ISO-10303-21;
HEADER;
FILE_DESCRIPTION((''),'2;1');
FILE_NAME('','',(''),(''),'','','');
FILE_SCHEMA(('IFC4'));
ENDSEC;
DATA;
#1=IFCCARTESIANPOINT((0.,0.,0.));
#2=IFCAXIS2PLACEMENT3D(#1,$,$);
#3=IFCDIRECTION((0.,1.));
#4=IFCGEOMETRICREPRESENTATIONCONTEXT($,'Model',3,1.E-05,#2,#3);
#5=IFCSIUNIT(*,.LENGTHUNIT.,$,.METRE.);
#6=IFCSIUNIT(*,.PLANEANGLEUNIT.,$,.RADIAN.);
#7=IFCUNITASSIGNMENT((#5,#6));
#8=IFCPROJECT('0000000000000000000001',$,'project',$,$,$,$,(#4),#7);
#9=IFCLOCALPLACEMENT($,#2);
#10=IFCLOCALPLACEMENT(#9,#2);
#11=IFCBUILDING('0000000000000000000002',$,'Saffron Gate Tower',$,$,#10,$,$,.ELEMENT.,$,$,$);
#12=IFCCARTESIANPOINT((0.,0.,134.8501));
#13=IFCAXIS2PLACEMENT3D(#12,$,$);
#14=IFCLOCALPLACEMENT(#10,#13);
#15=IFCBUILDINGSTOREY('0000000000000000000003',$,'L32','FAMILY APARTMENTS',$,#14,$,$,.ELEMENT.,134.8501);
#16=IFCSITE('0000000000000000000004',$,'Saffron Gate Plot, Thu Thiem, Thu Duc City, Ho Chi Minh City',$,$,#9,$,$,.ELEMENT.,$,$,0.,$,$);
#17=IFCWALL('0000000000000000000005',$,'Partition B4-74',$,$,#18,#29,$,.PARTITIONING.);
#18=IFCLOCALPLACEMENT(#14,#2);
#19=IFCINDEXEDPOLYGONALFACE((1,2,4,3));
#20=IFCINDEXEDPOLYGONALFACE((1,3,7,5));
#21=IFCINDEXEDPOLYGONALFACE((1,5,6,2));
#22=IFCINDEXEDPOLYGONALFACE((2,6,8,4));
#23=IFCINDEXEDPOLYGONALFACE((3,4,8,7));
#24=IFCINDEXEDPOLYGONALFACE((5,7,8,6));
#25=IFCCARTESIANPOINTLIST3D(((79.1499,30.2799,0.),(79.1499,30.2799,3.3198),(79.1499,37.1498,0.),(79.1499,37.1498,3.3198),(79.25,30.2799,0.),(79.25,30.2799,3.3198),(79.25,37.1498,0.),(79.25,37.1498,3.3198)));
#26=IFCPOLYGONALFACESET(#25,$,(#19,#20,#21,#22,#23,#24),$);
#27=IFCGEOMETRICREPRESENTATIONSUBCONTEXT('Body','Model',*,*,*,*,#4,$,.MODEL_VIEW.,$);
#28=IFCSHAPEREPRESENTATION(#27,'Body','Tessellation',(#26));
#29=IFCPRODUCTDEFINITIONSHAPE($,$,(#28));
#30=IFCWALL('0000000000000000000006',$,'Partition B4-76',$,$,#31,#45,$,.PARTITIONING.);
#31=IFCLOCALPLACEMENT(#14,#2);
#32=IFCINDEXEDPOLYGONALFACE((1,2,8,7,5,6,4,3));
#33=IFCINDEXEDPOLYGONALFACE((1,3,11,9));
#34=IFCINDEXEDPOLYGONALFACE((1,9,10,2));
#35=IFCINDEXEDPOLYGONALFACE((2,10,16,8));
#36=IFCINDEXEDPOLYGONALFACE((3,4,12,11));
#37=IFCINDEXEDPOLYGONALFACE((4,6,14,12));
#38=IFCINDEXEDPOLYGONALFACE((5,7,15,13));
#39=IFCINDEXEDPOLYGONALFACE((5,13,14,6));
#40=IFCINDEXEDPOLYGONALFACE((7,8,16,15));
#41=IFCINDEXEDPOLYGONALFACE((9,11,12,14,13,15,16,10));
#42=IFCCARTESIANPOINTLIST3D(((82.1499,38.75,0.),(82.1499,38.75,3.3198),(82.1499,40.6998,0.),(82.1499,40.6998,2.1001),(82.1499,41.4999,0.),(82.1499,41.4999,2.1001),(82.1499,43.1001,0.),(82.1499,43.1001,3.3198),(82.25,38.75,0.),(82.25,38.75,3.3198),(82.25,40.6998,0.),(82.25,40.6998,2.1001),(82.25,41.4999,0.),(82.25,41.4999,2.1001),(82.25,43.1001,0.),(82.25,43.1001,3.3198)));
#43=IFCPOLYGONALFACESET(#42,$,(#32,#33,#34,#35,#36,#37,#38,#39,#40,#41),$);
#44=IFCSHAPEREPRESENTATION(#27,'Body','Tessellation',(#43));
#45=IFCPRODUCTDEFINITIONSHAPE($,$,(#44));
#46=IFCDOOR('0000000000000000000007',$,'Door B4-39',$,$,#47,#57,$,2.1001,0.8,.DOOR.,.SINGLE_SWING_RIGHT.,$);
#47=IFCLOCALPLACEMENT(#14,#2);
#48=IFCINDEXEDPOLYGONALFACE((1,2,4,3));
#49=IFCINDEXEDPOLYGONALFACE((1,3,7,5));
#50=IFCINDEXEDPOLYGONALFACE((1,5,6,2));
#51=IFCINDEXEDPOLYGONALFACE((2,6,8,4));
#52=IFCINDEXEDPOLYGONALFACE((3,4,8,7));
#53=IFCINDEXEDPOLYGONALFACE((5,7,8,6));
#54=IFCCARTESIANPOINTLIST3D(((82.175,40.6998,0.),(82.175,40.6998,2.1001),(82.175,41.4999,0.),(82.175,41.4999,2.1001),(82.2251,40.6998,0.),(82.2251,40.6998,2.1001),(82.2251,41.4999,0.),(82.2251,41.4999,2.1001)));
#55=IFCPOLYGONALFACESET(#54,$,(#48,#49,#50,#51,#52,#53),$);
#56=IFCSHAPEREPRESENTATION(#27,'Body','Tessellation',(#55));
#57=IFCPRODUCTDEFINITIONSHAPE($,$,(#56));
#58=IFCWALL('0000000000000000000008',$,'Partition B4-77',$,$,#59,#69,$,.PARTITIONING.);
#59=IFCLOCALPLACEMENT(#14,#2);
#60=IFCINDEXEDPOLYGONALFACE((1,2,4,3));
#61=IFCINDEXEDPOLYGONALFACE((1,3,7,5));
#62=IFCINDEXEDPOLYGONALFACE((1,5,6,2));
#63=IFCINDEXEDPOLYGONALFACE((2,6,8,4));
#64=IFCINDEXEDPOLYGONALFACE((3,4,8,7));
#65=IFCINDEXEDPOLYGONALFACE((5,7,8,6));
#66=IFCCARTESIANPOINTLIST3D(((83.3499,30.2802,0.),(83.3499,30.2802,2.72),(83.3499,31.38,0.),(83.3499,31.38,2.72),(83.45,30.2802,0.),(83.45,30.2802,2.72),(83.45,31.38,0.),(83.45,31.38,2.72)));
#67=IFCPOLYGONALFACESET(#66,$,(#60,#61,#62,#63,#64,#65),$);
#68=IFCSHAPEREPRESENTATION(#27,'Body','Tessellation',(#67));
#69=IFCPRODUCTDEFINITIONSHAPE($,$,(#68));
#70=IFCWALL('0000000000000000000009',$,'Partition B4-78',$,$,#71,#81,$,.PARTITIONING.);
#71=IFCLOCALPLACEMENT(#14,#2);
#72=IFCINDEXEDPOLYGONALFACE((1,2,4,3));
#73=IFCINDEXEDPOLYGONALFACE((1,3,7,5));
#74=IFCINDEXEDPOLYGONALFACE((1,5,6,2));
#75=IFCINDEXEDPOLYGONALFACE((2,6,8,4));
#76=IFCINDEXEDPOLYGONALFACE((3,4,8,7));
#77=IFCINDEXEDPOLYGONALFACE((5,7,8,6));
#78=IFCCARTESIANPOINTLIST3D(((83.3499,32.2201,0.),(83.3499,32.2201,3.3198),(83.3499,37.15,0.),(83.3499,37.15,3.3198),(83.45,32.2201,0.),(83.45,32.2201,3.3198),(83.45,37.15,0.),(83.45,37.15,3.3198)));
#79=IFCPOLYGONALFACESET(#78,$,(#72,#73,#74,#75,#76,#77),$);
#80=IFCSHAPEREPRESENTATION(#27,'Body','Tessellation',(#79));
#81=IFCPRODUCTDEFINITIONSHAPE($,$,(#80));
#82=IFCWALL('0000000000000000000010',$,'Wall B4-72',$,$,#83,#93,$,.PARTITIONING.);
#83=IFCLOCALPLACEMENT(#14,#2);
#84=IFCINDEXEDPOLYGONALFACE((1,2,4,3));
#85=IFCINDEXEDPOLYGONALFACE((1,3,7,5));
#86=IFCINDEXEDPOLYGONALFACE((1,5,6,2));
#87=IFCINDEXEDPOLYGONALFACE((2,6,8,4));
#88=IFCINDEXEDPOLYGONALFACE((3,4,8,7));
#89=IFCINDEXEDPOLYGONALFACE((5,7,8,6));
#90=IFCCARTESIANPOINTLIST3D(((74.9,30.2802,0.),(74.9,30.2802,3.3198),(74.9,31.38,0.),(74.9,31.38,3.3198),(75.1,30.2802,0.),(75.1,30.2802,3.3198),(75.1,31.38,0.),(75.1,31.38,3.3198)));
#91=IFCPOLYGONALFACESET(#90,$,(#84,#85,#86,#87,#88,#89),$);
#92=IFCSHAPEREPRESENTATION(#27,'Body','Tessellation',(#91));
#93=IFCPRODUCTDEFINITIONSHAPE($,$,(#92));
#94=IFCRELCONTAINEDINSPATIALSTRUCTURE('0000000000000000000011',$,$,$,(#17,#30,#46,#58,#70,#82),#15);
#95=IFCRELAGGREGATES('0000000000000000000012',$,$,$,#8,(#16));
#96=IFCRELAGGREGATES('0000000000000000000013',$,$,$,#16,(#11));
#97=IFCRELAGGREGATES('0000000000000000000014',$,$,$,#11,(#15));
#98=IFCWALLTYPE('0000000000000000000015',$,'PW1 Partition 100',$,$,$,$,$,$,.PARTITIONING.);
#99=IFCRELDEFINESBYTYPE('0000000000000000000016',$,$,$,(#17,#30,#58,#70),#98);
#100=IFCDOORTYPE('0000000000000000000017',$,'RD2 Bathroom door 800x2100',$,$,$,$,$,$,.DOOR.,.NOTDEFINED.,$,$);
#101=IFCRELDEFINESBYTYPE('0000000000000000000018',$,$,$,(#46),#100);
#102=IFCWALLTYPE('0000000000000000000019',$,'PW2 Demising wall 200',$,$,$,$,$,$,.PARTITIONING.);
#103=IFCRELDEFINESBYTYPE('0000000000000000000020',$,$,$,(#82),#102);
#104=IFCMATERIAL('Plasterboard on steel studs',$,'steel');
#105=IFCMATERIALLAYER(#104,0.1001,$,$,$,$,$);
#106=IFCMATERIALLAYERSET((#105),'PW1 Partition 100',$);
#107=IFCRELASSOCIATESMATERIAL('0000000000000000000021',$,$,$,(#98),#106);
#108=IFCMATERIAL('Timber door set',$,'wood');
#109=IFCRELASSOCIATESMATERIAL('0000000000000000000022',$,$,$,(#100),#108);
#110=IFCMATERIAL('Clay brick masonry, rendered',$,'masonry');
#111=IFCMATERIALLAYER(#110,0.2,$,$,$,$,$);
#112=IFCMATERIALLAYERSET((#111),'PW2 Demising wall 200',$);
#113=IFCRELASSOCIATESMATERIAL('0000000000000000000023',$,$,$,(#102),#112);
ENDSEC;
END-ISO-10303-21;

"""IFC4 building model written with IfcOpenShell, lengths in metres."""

from ifc_helpers import new_model, si_unit, direction, frame, frame_2d, origin, place, context, subcontext, project, spatial, rectangle, extrude, material, layer, layer_set, type_object, element, fill, save


model = new_model("IFC4")

# Units and contexts
model_context = context("Model", 3, precision=1e-05, world=origin(), true_north=direction((0.0, 1.0)))
body_context = subcontext(model_context, "Body", "Model", "MODEL_VIEW")
ifc_project = project(units=[si_unit("LENGTHUNIT", "METRE"), si_unit("PLANEANGLEUNIT", "RADIAN")], contexts=[model_context])

# Site, building, storey
site_placement = place(None, origin())
site = spatial("IfcSite", under=ifc_project, at=site_placement, Name="Saffron Gate Plot, Thu Thiem, Thu Duc City, Ho Chi Minh City", CompositionType="ELEMENT", RefElevation=0.0)
building_placement = place(site_placement, origin())
building = spatial("IfcBuilding", under=site, at=building_placement, Name="Saffron Gate Tower", CompositionType="ELEMENT")
storey_placement = place(building_placement, frame((0.0, 0.0, 134.8501)))
storey = spatial("IfcBuildingStorey", under=building, at=storey_placement, Name="L32", Description="FAMILY APARTMENTS", CompositionType="ELEMENT", Elevation=134.8501)

# Shared definitions
ifc_material_1 = material(Name="Plasterboard on steel studs", Category="steel")
ifc_layer_1 = layer(ifc_material_1, 0.1001)
ifc_layer_set_1 = layer_set([ifc_layer_1], Name="PW1 Partition 100")
wall_type_1 = type_object("IfcWallType", Name="PW1 Partition 100", PredefinedType="PARTITIONING", material=ifc_layer_set_1)
ifc_material_2 = material(Name="Timber door set", Category="wood")
door_type = type_object("IfcDoorType", Name="RD2 Bathroom door 800x2100", OperationType="NOTDEFINED", PredefinedType="DOOR", material=ifc_material_2)

# Wall
wall_1_placement = place(storey_placement, frame((79.2, 37.1499, 0.0), z_axis=(0.0, 0.0, 1.0), x_axis=(0.0, -1.0, 0.0)))
element("IfcWall", 1, at=wall_1_placement, inside=storey, type_object=wall_type_1, Name="Partition B4-74", PredefinedType="PARTITIONING", context=body_context, shape_type="SweptSolid", body=[
    extrude(rectangle(XDim=6.8699, YDim=0.1001, at=frame_2d((3.4351, 0.0))), origin(), (0.0, 0.0, 1.0), 3.3198),
])

# Wall, opening, door
wall_2_placement = place(storey_placement, frame((82.2, 38.75, 0.0), z_axis=(0.0, 0.0, 1.0), x_axis=(0.0, 1.0, 0.0)))
wall_2 = element("IfcWall", 2, at=wall_2_placement, inside=storey, type_object=wall_type_1, Name="Partition B4-76", PredefinedType="PARTITIONING", context=body_context, shape_type="SweptSolid", body=[
    extrude(rectangle(XDim=4.3501, YDim=0.1001, at=frame_2d((2.175, 0.0))), origin(), (0.0, 0.0, 1.0), 3.3198),
])
opening_1_placement = place(wall_2_placement, frame((1.95, 0.0, 0.0)))
opening_1 = element("IfcOpeningElement", 3, at=opening_1_placement, cuts=wall_2, PredefinedType="OPENING", context=body_context, shape_type="SweptSolid", body=[
    extrude(rectangle(XDim=0.8, YDim=2.1001, at=frame_2d((0.3999, 1.05))), frame((0.0, 0.0601, 0.0), z_axis=(0.0, -1.0, 0.0), x_axis=(1.0, 0.0, 0.0)), (0.0, 0.0, 1.0), 0.1201),
])
door_1_placement = place(opening_1_placement, origin())
door_1 = element("IfcDoor", 4, at=door_1_placement, inside=storey, type_object=door_type, Name="Door B4-39", OperationType="SINGLE_SWING_RIGHT", OverallHeight=2.1001, OverallWidth=0.8, PredefinedType="DOOR", context=body_context, shape_type="SweptSolid", body=[
    extrude(rectangle(XDim=0.8, YDim=2.1001, at=frame_2d((0.3999, 1.05))), frame((0.0, 0.0249, 0.0), z_axis=(0.0, -1.0, 0.0), x_axis=(1.0, 0.0, 0.0)), (0.0, 0.0, 1.0), 0.05),
])
fill(opening_1, door_1)

# Walls
wall_3_placement = place(storey_placement, frame((83.3999, 31.3799, 0.0), z_axis=(0.0, 0.0, 1.0), x_axis=(0.0, -1.0, 0.0)))
element("IfcWall", 5, at=wall_3_placement, inside=storey, type_object=wall_type_1, Name="Partition B4-77", PredefinedType="PARTITIONING", context=body_context, shape_type="SweptSolid", body=[
    extrude(rectangle(XDim=1.0999, YDim=0.1001, at=frame_2d((0.5498, 0.0))), origin(), (0.0, 0.0, 1.0), 2.72),
])
wall_4_placement = place(storey_placement, frame((83.3999, 37.1499, 0.0), z_axis=(0.0, 0.0, 1.0), x_axis=(0.0, -1.0, 0.0)))
element("IfcWall", 6, at=wall_4_placement, inside=storey, type_object=wall_type_1, Name="Partition B4-78", PredefinedType="PARTITIONING", context=body_context, shape_type="SweptSolid", body=[
    extrude(rectangle(XDim=4.9299, YDim=0.1001, at=frame_2d((2.4648, 0.0))), origin(), (0.0, 0.0, 1.0), 3.3198),
])
ifc_material_3 = material(Name="Clay brick masonry, rendered", Category="masonry")
ifc_layer_2 = layer(ifc_material_3, 0.2)
ifc_layer_set_2 = layer_set([ifc_layer_2], Name="PW2 Demising wall 200")
wall_type_2 = type_object("IfcWallType", Name="PW2 Demising wall 200", PredefinedType="PARTITIONING", material=ifc_layer_set_2)
wall_5_placement = place(storey_placement, frame((75.0, 31.3799, 0.0), z_axis=(0.0, 0.0, 1.0), x_axis=(0.0, -1.0, 0.0)))
element("IfcWall", 7, at=wall_5_placement, inside=storey, type_object=wall_type_2, Name="Wall B4-72", PredefinedType="PARTITIONING", context=body_context, shape_type="SweptSolid", body=[
    extrude(rectangle(XDim=1.0999, YDim=0.2, at=frame_2d((0.5498, 0.0))), origin(), (0.0, 0.0, 1.0), 3.3198),
])

save(model, "model.ifc")
